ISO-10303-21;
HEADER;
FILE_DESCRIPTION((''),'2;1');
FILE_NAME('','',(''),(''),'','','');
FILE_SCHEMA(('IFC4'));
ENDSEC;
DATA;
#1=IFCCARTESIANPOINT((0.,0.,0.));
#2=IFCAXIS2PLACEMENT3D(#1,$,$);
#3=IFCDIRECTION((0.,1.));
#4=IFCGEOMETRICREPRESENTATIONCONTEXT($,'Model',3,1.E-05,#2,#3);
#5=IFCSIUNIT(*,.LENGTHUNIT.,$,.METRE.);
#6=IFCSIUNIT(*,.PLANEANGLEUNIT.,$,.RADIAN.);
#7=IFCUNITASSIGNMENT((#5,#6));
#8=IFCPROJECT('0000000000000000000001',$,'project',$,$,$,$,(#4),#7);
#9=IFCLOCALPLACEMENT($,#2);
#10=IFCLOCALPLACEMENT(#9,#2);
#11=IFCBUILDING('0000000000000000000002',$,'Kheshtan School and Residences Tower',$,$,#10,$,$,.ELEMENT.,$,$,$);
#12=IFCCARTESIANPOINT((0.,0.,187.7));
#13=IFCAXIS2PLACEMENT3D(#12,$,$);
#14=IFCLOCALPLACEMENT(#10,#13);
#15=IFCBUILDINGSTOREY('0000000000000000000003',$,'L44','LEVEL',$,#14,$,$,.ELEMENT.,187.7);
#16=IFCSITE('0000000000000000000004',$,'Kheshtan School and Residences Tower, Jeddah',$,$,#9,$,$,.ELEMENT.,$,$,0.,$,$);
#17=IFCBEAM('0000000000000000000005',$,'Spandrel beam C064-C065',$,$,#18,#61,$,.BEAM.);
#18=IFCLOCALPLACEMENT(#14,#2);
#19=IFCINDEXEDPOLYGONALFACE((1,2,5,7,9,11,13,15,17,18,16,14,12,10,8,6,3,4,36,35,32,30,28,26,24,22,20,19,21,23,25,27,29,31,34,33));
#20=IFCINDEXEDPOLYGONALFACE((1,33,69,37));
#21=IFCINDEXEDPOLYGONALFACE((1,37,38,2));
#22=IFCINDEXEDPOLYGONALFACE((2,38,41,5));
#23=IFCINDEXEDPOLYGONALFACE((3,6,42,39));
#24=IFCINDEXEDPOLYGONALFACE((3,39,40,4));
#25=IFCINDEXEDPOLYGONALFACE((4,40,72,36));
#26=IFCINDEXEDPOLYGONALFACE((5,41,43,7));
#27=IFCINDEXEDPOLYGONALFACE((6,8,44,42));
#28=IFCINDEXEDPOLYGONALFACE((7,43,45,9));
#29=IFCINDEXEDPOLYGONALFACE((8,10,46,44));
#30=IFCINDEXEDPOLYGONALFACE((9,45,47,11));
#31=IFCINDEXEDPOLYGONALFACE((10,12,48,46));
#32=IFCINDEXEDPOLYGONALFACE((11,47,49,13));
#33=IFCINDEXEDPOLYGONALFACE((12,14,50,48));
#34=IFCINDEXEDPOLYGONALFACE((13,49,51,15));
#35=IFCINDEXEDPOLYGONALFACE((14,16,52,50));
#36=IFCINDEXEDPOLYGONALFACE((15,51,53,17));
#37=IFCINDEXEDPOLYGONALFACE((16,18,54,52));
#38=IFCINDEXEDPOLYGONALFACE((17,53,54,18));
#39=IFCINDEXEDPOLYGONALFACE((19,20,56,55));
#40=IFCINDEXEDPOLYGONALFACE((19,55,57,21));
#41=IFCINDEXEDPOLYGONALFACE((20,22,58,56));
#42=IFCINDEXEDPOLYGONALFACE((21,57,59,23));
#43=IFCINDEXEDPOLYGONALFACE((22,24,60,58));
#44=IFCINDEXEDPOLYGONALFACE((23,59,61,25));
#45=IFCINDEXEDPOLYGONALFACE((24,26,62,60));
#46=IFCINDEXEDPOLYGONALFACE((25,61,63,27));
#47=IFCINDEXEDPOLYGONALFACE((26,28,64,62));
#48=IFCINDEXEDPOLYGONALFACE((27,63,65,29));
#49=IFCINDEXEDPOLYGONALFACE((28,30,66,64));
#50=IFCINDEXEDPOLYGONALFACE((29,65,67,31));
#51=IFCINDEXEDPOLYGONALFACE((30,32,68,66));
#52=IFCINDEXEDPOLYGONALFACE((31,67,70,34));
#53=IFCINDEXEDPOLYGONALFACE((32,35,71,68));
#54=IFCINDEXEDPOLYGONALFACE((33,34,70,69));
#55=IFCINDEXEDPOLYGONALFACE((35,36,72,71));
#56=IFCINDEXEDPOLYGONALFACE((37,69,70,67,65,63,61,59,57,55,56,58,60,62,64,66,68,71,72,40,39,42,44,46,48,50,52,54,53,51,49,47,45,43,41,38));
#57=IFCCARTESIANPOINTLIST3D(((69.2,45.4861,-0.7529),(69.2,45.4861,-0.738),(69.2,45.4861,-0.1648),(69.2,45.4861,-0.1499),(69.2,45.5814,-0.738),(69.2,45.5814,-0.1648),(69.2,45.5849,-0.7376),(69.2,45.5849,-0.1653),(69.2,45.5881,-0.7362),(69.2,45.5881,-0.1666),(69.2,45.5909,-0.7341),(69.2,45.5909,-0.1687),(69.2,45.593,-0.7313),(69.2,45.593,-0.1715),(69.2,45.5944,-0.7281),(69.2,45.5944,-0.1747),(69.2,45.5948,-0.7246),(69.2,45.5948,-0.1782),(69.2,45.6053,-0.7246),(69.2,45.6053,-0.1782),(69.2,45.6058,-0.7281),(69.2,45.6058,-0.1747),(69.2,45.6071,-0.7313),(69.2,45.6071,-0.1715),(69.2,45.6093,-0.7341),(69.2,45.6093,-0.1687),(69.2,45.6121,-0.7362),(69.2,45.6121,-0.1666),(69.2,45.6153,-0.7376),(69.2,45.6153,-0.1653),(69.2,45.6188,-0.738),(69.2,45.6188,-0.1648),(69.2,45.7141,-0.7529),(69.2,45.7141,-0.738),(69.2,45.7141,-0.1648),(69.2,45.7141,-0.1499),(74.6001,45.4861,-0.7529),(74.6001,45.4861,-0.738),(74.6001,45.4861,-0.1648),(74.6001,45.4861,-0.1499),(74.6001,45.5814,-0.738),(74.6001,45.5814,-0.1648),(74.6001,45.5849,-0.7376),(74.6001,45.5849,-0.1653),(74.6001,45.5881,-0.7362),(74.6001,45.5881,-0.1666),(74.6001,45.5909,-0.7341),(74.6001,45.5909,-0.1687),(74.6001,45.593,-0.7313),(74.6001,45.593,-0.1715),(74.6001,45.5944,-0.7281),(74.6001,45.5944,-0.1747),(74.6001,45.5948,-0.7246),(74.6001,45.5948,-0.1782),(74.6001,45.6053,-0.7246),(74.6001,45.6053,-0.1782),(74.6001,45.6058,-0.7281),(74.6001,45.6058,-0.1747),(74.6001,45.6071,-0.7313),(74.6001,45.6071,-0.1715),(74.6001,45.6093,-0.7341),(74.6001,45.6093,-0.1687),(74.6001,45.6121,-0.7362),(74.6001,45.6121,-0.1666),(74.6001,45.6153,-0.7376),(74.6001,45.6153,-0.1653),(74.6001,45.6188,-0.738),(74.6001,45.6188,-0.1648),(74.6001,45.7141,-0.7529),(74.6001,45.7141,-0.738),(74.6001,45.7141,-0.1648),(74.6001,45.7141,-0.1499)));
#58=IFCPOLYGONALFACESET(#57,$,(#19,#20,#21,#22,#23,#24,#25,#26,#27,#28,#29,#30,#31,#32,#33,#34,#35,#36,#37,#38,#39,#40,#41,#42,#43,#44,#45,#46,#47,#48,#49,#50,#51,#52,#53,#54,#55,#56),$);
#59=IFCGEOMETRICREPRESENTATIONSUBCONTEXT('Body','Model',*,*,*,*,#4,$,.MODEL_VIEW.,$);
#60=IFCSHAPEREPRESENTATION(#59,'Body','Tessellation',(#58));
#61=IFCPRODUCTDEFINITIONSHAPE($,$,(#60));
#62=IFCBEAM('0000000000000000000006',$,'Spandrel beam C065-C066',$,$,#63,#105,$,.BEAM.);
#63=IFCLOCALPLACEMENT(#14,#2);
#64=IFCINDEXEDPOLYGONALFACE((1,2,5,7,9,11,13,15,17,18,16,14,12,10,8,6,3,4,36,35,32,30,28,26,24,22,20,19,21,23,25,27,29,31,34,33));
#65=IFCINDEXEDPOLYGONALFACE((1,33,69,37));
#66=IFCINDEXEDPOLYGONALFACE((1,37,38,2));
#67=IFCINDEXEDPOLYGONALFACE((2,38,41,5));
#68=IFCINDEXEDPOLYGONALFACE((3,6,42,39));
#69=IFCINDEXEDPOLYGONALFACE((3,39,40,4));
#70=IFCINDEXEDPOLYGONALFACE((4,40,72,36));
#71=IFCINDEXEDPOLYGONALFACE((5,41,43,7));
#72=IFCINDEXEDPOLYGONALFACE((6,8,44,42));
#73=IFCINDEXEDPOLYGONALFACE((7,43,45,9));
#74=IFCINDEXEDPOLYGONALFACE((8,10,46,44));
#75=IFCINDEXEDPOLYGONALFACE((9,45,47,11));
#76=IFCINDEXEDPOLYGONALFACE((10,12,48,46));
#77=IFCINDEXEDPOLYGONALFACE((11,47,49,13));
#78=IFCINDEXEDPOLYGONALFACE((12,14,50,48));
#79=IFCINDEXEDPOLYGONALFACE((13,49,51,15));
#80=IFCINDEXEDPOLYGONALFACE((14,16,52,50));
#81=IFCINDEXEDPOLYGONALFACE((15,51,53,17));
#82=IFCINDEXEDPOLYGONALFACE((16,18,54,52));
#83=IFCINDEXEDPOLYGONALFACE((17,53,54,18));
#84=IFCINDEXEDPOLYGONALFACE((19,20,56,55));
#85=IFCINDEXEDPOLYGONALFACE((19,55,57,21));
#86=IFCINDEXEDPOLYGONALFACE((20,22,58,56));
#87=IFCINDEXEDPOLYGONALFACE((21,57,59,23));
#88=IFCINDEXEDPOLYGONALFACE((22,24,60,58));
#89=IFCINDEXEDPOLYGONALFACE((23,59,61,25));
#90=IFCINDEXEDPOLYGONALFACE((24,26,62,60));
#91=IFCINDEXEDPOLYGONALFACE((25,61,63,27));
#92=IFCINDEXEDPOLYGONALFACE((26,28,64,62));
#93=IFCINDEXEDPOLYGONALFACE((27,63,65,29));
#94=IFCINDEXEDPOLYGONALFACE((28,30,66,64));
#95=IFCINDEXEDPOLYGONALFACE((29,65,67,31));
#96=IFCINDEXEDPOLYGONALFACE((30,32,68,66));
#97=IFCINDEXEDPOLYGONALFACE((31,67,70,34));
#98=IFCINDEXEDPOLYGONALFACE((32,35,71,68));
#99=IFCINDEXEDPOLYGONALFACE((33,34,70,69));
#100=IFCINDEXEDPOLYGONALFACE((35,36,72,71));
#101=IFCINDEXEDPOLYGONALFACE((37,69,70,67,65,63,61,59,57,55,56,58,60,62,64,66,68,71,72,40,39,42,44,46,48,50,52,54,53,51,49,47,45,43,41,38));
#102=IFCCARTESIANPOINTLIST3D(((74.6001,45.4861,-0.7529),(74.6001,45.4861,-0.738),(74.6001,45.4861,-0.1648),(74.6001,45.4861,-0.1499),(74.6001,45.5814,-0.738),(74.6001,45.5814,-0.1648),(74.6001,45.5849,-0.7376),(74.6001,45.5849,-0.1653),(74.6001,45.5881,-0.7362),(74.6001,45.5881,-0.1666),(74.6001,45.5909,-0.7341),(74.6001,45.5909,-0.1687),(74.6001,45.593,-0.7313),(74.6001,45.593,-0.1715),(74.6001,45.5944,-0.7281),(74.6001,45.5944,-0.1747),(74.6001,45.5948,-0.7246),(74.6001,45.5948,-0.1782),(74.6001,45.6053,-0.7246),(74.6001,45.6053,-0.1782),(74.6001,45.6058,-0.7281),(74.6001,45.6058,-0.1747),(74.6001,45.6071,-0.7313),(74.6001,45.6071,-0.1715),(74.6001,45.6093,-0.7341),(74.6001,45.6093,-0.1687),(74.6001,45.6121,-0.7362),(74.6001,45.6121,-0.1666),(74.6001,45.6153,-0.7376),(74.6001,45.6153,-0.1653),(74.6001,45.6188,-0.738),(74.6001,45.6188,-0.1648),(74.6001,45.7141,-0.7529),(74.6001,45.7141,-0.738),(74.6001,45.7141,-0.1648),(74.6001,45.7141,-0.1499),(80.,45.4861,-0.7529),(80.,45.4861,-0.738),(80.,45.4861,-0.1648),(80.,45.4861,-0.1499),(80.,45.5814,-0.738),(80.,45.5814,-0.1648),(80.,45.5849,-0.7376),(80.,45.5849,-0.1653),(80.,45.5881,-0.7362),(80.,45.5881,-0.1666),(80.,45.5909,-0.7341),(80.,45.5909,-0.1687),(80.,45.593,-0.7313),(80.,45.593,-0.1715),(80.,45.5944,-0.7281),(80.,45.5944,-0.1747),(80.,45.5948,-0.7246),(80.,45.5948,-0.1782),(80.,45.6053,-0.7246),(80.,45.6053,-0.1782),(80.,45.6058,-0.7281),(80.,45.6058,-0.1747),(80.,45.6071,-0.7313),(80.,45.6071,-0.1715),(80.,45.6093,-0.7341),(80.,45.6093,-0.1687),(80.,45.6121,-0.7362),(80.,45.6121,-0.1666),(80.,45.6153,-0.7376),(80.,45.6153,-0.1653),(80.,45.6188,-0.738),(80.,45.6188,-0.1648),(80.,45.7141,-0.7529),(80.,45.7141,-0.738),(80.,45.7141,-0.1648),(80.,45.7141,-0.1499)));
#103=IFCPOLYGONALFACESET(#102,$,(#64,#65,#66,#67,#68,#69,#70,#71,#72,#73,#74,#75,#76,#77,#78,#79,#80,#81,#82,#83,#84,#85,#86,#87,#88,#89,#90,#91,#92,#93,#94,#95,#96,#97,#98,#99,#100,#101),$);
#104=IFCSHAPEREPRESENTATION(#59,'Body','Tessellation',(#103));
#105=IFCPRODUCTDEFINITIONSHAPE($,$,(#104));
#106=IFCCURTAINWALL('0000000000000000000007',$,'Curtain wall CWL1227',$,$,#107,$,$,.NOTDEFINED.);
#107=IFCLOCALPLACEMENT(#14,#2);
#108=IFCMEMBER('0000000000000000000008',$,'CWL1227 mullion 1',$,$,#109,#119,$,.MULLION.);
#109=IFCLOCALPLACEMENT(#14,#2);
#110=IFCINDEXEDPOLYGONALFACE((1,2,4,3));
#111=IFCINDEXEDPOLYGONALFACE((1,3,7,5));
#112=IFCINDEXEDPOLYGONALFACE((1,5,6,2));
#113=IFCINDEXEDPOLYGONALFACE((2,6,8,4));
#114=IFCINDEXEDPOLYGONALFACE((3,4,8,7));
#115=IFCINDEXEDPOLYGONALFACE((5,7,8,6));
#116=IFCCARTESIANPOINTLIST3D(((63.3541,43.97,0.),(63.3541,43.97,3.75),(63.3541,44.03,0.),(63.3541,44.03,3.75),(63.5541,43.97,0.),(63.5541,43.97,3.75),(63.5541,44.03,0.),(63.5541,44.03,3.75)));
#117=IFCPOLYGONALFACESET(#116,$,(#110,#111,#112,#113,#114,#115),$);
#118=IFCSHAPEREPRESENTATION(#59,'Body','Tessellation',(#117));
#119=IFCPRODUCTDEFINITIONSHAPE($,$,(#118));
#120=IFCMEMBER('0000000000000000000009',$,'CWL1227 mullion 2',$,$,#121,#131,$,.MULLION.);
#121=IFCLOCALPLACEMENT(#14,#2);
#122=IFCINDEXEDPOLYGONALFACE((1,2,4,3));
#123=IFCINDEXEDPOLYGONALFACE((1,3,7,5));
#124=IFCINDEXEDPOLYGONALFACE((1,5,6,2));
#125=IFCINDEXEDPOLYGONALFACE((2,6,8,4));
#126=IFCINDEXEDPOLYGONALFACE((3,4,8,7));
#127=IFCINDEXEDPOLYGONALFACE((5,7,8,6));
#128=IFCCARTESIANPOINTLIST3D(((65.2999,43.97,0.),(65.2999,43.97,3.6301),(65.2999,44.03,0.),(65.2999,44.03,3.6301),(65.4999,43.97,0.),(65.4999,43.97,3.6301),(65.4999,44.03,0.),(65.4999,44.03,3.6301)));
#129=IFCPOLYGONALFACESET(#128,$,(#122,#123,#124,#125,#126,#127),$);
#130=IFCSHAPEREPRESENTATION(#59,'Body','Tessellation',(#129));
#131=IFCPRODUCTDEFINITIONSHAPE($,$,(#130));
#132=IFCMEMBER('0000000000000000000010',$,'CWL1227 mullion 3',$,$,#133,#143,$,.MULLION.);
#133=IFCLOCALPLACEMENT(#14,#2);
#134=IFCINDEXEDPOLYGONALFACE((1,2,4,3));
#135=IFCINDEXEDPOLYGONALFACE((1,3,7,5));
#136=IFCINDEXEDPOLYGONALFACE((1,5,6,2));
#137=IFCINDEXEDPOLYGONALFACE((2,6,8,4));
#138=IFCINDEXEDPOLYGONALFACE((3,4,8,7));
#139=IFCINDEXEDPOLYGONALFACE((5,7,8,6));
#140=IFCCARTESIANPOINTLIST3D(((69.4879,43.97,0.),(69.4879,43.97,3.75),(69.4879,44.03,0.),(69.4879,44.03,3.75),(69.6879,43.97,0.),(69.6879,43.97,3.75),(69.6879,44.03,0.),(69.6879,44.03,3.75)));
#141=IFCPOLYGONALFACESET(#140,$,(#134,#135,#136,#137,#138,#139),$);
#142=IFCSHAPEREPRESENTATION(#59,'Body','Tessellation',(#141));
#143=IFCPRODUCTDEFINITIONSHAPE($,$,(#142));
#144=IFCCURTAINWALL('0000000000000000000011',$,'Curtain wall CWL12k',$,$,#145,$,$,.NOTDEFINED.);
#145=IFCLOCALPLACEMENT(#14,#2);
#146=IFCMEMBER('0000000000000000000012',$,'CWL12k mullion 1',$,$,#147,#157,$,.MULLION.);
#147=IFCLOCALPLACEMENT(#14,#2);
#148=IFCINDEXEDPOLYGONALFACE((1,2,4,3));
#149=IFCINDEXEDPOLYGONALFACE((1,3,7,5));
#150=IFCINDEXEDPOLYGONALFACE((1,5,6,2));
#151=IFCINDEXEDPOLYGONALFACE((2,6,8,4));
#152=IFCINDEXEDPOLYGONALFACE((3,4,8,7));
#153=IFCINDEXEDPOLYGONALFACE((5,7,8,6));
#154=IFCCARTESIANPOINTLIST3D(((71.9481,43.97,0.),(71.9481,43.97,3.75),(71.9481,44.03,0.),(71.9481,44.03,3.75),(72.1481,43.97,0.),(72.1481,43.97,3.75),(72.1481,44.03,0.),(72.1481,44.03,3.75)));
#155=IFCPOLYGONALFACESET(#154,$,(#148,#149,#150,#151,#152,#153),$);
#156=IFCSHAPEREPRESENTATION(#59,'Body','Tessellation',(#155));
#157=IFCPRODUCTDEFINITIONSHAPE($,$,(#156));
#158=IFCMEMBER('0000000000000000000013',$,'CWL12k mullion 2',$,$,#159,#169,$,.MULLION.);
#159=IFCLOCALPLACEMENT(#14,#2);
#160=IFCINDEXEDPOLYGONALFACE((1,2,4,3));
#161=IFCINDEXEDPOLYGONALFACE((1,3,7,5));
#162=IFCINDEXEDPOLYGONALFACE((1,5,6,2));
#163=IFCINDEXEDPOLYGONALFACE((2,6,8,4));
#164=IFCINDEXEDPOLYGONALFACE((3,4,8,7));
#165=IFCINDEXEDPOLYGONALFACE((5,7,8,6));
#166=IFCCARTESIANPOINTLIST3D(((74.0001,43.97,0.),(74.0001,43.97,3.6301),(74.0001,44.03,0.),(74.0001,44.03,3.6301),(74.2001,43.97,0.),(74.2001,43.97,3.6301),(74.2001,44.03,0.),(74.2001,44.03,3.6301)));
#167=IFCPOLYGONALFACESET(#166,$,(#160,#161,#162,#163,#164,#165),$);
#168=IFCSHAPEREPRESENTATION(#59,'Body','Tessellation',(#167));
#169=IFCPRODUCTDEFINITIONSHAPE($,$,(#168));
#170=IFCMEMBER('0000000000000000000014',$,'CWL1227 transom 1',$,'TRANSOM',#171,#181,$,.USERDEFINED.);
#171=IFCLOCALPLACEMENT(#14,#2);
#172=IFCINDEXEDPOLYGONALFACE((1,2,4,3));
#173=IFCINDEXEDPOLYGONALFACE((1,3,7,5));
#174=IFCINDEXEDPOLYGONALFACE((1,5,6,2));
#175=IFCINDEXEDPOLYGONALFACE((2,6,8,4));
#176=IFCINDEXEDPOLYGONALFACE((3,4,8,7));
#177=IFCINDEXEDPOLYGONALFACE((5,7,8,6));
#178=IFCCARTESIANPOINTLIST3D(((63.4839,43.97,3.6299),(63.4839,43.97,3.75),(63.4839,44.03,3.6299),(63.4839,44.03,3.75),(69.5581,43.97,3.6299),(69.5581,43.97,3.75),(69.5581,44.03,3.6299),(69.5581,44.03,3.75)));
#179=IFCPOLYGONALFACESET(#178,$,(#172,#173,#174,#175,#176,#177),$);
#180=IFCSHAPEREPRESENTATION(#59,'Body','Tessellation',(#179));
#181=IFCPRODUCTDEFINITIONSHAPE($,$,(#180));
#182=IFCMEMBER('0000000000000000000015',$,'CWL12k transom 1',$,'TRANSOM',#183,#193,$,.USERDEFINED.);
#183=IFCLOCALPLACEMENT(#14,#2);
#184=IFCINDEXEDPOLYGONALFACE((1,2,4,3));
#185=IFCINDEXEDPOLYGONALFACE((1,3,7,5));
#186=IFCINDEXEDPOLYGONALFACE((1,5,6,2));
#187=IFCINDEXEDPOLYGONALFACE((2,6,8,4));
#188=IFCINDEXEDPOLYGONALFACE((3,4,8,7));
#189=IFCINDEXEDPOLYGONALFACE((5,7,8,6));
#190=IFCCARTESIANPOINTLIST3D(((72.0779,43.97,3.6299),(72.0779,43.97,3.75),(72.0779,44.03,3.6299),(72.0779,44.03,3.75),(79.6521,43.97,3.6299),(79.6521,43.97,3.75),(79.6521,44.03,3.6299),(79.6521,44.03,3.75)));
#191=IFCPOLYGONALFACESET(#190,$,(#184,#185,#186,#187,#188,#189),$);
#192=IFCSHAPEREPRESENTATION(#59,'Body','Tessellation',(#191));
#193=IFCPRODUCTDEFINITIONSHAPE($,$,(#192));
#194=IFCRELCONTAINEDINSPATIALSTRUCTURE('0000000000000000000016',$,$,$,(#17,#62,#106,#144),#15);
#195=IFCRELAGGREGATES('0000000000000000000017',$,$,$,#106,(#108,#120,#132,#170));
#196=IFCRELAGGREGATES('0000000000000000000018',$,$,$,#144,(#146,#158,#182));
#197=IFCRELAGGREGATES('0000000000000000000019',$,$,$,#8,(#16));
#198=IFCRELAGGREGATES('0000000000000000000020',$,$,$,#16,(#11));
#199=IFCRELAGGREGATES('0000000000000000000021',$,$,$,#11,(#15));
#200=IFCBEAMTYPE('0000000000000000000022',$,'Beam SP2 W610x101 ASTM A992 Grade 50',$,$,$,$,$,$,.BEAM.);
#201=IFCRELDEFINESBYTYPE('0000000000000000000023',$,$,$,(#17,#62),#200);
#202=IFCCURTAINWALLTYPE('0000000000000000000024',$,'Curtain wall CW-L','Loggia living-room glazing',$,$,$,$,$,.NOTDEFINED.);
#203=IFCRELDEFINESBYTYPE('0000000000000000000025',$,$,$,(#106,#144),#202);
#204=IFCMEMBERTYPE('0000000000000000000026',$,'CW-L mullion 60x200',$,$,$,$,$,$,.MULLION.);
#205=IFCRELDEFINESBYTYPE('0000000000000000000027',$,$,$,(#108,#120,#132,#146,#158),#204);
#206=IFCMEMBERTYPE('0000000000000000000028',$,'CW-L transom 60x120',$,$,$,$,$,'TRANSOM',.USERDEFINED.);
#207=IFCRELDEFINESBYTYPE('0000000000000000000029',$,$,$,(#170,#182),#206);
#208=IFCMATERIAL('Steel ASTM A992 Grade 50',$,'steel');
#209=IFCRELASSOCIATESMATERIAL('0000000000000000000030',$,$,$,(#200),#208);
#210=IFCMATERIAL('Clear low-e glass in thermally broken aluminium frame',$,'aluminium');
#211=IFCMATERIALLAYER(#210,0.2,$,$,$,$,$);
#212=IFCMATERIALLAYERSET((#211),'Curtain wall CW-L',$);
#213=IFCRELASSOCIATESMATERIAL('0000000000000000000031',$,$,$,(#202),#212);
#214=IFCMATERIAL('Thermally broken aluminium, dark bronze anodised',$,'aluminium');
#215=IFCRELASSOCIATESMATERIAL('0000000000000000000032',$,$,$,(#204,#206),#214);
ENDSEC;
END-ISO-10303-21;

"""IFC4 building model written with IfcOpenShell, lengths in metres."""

from ifc_helpers import new_model, si_unit, direction, frame, origin, origin_2d, place, context, subcontext, project, spatial, rectangle, i_section, extrude, material, layer, layer_set, material_profile, profile_set, type_object, element, aggregate, save


model = new_model("IFC4")

# Units and contexts
model_context = context("Model", 3, precision=1e-05, world=origin(), true_north=direction((0.0, 1.0)))
body_context = subcontext(model_context, "Body", "Model", "MODEL_VIEW")
ifc_project = project(units=[si_unit("LENGTHUNIT", "METRE"), si_unit("PLANEANGLEUNIT", "RADIAN")], contexts=[model_context])

# Site, building, storey
site_placement = place(None, origin())
site = spatial("IfcSite", under=ifc_project, at=site_placement, Name="Kheshtan School and Residences Tower, Jeddah", CompositionType="ELEMENT", RefElevation=0.0)
building_placement = place(site_placement, origin())
building = spatial("IfcBuilding", under=site, at=building_placement, Name="Kheshtan School and Residences Tower", CompositionType="ELEMENT")
storey_placement = place(building_placement, frame((0.0, 0.0, 187.7)))
storey = spatial("IfcBuildingStorey", under=building, at=storey_placement, Name="L44", Description="LEVEL", CompositionType="ELEMENT", Elevation=187.7)

# Shared definitions
ifc_material_1 = material(Name="Steel ASTM A992 Grade 50", Category="steel")

# Beams
ifc_material_profile_1 = material_profile(ifc_material_1, i_section(OverallWidth=0.228, OverallDepth=0.603, WebThickness=0.0105, FlangeThickness=0.0149, FilletRadius=0.0134, at=origin_2d()), Name="W610x101")
ifc_profile_set_1 = profile_set([ifc_material_profile_1], Name="Steel ASTM A992 Grade 50")
beam_type_1 = type_object("IfcBeamType", Name="Beam SP2 W610x101 ASTM A992 Grade 50", PredefinedType="BEAM", material=ifc_profile_set_1)
beam_1_placement = place(storey_placement, frame((69.2, 45.6001, -0.4514), z_axis=(1.0, 0.0, 0.0), x_axis=(0.0, 1.0, 0.0)))
element("IfcBeam", 1, at=beam_1_placement, inside=storey, type_object=beam_type_1, Name="Spandrel beam C064-C065", PredefinedType="BEAM", context=body_context, shape_type="SweptSolid", body=[
    extrude(i_section(OverallWidth=0.228, OverallDepth=0.603, WebThickness=0.0105, FlangeThickness=0.0149, FilletRadius=0.0134, at=origin_2d()), origin(), (0.0, 0.0, 1.0), 5.4001),
])
beam_2_placement = place(storey_placement, frame((74.6001, 45.6001, -0.4514), z_axis=(1.0, 0.0, 0.0), x_axis=(0.0, 1.0, 0.0)))
element("IfcBeam", 2, at=beam_2_placement, inside=storey, type_object=beam_type_1, Name="Spandrel beam C065-C066", PredefinedType="BEAM", context=body_context, shape_type="SweptSolid", body=[
    extrude(i_section(OverallWidth=0.228, OverallDepth=0.603, WebThickness=0.0105, FlangeThickness=0.0149, FilletRadius=0.0134, at=origin_2d()), origin(), (0.0, 0.0, 1.0), 5.3999),
])

# Curtain walls, members
ifc_material_2 = material(Name="Clear low-e glass in thermally broken aluminium frame", Category="aluminium")
ifc_layer_1 = layer(ifc_material_2, 0.2)
ifc_layer_set_1 = layer_set([ifc_layer_1], Name="Curtain wall CW-L")
curtain_wall_type = type_object("IfcCurtainWallType", Name="Curtain wall CW-L", Description="Loggia living-room glazing", PredefinedType="NOTDEFINED", material=ifc_layer_set_1)
curtain_wall_1_placement = place(storey_placement, origin())
curtain_wall_1 = element("IfcCurtainWall", 3, at=curtain_wall_1_placement, inside=storey, type_object=curtain_wall_type, Name="Curtain wall CWL1227", PredefinedType="NOTDEFINED")
ifc_material_3 = material(Name="Thermally broken aluminium, dark bronze anodised", Category="aluminium")
ifc_material_profile_2 = material_profile(ifc_material_3, rectangle(XDim=0.0601, YDim=0.2, at=origin_2d()), Name="CW-L mullion 60x200")
ifc_profile_set_2 = profile_set([ifc_material_profile_2], Name="Thermally broken aluminium, dark bronze anodised")
member_type_1 = type_object("IfcMemberType", Name="CW-L mullion 60x200", PredefinedType="MULLION", material=ifc_profile_set_2)
member_1_placement = place(storey_placement, frame((63.4541, 44.0, 0.0), z_axis=(0.0, 0.0, 1.0), x_axis=(0.0, 1.0, 0.0)))
member_1 = element("IfcMember", 4, at=member_1_placement, type_object=member_type_1, Name="CWL1227 mullion 1", PredefinedType="MULLION", context=body_context, shape_type="SweptSolid", body=[
    extrude(rectangle(XDim=0.0601, YDim=0.2, at=origin_2d()), origin(), (0.0, 0.0, 1.0), 3.75),
])
member_2_placement = place(storey_placement, frame((65.3999, 44.0, 0.0), z_axis=(0.0, 0.0, 1.0), x_axis=(0.0, 1.0, 0.0)))
member_2 = element("IfcMember", 5, at=member_2_placement, type_object=member_type_1, Name="CWL1227 mullion 2", PredefinedType="MULLION", context=body_context, shape_type="SweptSolid", body=[
    extrude(rectangle(XDim=0.0601, YDim=0.2, at=origin_2d()), origin(), (0.0, 0.0, 1.0), 3.6301),
])
member_3_placement = place(storey_placement, frame((69.5879, 44.0, 0.0), z_axis=(0.0, 0.0, 1.0), x_axis=(0.0, 1.0, 0.0)))
member_3 = element("IfcMember", 6, at=member_3_placement, type_object=member_type_1, Name="CWL1227 mullion 3", PredefinedType="MULLION", context=body_context, shape_type="SweptSolid", body=[
    extrude(rectangle(XDim=0.0601, YDim=0.2, at=origin_2d()), origin(), (0.0, 0.0, 1.0), 3.75),
])
curtain_wall_2_placement = place(storey_placement, origin())
curtain_wall_2 = element("IfcCurtainWall", 7, at=curtain_wall_2_placement, inside=storey, type_object=curtain_wall_type, Name="Curtain wall CWL12k", PredefinedType="NOTDEFINED")
member_4_placement = place(storey_placement, frame((72.0481, 44.0, 0.0), z_axis=(0.0, 0.0, 1.0), x_axis=(0.0, 1.0, 0.0)))
member_4 = element("IfcMember", 8, at=member_4_placement, type_object=member_type_1, Name="CWL12k mullion 1", PredefinedType="MULLION", context=body_context, shape_type="SweptSolid", body=[
    extrude(rectangle(XDim=0.0601, YDim=0.2, at=origin_2d()), origin(), (0.0, 0.0, 1.0), 3.75),
])
member_5_placement = place(storey_placement, frame((74.1001, 44.0, 0.0), z_axis=(0.0, 0.0, 1.0), x_axis=(0.0, 1.0, 0.0)))
member_5 = element("IfcMember", 9, at=member_5_placement, type_object=member_type_1, Name="CWL12k mullion 2", PredefinedType="MULLION", context=body_context, shape_type="SweptSolid", body=[
    extrude(rectangle(XDim=0.0601, YDim=0.2, at=origin_2d()), origin(), (0.0, 0.0, 1.0), 3.6301),
])

# Members
ifc_material_profile_3 = material_profile(ifc_material_3, rectangle(XDim=0.0601, YDim=0.1201, at=origin_2d()), Name="CW-L transom 60x120")
ifc_profile_set_3 = profile_set([ifc_material_profile_3], Name="Thermally broken aluminium, dark bronze anodised")
member_type_2 = type_object("IfcMemberType", Name="CW-L transom 60x120", ElementType="TRANSOM", PredefinedType="USERDEFINED", material=ifc_profile_set_3)
member_6_placement = place(storey_placement, frame((63.4839, 44.0, 3.6899), z_axis=(1.0, 0.0, 0.0), x_axis=(0.0, 1.0, 0.0)))
member_6 = element("IfcMember", 10, at=member_6_placement, type_object=member_type_2, Name="CWL1227 transom 1", ObjectType="TRANSOM", PredefinedType="USERDEFINED", context=body_context, shape_type="SweptSolid", body=[
    extrude(rectangle(XDim=0.0601, YDim=0.1201, at=origin_2d()), origin(), (0.0, 0.0, 1.0), 6.0742),
])
member_7_placement = place(storey_placement, frame((72.0779, 44.0, 3.6899), z_axis=(1.0, 0.0, 0.0), x_axis=(0.0, 1.0, 0.0)))
member_7 = element("IfcMember", 11, at=member_7_placement, type_object=member_type_2, Name="CWL12k transom 1", ObjectType="TRANSOM", PredefinedType="USERDEFINED", context=body_context, shape_type="SweptSolid", body=[
    extrude(rectangle(XDim=0.0601, YDim=0.1201, at=origin_2d()), origin(), (0.0, 0.0, 1.0), 7.5742),
])

aggregate(curtain_wall_1, [member_1, member_2, member_3, member_6])
aggregate(curtain_wall_2, [member_4, member_5, member_7])

save(model, "model.ifc")
